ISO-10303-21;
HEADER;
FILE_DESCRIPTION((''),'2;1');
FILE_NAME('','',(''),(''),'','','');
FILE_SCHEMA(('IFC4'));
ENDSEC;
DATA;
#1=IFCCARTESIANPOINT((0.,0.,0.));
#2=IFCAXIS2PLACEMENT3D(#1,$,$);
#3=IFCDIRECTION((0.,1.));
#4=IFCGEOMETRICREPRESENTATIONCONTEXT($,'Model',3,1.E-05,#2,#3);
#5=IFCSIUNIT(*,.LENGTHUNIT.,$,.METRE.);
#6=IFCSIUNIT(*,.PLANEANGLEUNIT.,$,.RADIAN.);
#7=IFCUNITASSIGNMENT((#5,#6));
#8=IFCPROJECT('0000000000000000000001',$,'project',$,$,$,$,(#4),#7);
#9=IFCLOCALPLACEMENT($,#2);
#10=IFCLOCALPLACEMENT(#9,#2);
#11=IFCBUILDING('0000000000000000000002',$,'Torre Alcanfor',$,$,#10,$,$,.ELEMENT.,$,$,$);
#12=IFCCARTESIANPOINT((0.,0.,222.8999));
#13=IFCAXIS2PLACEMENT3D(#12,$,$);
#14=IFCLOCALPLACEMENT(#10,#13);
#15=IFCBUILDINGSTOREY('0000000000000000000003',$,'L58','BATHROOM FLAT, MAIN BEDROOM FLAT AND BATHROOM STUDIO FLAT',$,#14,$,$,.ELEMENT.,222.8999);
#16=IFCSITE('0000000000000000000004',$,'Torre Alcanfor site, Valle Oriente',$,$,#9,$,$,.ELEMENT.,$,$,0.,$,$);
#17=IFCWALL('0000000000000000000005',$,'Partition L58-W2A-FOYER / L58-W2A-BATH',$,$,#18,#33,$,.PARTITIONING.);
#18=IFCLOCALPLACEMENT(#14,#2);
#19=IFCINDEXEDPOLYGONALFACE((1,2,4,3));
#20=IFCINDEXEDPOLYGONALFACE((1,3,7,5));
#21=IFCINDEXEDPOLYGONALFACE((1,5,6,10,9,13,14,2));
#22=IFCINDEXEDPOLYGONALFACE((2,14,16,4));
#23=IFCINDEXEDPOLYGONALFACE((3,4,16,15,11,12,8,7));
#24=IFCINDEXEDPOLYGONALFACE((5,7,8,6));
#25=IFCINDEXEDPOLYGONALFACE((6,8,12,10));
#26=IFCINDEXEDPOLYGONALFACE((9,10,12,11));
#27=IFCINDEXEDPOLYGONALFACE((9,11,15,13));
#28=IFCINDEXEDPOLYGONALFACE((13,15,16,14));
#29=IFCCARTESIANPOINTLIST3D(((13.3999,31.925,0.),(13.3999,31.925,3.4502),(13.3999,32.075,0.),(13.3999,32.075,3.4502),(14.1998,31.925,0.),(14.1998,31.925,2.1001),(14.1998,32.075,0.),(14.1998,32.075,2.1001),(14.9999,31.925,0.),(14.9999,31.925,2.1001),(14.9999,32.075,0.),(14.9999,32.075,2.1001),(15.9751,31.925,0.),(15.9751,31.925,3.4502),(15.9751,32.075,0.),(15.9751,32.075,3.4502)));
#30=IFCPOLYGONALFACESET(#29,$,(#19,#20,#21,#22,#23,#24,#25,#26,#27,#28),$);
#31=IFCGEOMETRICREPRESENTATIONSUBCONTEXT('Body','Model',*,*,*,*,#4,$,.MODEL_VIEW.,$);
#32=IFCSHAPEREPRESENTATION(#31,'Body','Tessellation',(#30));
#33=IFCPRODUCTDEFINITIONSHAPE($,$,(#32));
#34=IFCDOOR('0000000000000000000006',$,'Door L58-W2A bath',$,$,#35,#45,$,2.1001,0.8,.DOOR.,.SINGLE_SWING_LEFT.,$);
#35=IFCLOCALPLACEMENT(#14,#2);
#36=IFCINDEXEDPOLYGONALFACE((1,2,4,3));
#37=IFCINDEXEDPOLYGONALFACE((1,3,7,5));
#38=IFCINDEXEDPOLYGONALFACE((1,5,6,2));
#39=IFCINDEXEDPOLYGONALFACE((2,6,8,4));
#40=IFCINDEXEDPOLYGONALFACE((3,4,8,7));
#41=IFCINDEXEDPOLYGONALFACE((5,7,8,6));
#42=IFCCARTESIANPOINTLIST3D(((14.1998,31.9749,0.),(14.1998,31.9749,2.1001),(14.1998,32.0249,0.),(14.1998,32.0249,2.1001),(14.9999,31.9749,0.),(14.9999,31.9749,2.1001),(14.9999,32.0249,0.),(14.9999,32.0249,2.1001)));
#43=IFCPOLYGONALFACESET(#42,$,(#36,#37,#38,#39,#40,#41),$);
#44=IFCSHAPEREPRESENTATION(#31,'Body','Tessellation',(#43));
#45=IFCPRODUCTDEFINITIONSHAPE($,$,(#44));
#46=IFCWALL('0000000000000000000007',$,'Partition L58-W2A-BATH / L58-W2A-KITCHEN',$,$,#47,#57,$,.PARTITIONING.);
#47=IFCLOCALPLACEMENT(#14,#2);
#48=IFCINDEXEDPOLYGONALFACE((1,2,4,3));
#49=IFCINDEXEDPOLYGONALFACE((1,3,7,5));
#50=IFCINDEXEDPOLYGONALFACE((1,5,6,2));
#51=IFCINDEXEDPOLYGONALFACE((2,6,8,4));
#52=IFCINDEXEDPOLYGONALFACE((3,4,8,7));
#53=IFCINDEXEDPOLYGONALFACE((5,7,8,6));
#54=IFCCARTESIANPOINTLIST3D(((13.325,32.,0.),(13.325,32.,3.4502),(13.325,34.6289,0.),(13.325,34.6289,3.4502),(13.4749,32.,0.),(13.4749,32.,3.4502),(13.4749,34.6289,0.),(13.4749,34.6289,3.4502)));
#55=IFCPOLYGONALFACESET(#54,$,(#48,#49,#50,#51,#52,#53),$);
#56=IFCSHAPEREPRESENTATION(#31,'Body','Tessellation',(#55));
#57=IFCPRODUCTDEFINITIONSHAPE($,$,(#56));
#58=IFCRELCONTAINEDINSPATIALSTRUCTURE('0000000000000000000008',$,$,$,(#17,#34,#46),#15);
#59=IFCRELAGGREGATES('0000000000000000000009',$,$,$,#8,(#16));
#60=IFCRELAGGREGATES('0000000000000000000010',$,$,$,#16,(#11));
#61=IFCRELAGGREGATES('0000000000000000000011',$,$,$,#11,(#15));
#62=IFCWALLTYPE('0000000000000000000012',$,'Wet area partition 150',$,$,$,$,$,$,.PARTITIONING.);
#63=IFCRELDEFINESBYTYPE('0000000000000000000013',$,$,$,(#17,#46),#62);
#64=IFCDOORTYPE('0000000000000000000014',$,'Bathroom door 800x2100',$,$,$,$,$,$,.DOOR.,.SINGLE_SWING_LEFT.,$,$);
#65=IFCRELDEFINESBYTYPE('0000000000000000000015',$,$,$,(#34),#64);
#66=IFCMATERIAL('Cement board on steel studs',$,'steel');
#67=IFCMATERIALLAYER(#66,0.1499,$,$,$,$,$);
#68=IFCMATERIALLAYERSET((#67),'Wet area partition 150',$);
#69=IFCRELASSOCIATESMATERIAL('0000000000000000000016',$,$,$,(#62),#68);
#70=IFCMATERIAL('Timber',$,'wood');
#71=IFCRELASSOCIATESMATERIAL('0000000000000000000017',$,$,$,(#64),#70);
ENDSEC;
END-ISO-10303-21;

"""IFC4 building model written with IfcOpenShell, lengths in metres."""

from ifc_helpers import new_model, si_unit, direction, frame, frame_2d, origin, place, context, subcontext, project, spatial, rectangle, extrude, material, layer, layer_set, type_object, element, fill, save


model = new_model("IFC4")

# Units and contexts
model_context = context("Model", 3, precision=1e-05, world=origin(), true_north=direction((0.0, 1.0)))
body_context = subcontext(model_context, "Body", "Model", "MODEL_VIEW")
ifc_project = project(units=[si_unit("LENGTHUNIT", "METRE"), si_unit("PLANEANGLEUNIT", "RADIAN")], contexts=[model_context])

# Site, building, storey
site_placement = place(None, origin())
site = spatial("IfcSite", under=ifc_project, at=site_placement, Name="Torre Alcanfor site, Valle Oriente", CompositionType="ELEMENT", RefElevation=0.0)
building_placement = place(site_placement, origin())
building = spatial("IfcBuilding", under=site, at=building_placement, Name="Torre Alcanfor", CompositionType="ELEMENT")
storey_placement = place(building_placement, frame((0.0, 0.0, 222.8999)))
storey = spatial("IfcBuildingStorey", under=building, at=storey_placement, Name="L58", Description="BATHROOM FLAT, MAIN BEDROOM FLAT AND BATHROOM STUDIO FLAT", CompositionType="ELEMENT", Elevation=222.8999)

# Wall, opening, door
ifc_material_1 = material(Name="Cement board on steel studs", Category="steel")
ifc_layer_1 = layer(ifc_material_1, 0.1499)
ifc_layer_set_1 = layer_set([ifc_layer_1], Name="Wet area partition 150")
wall_type_1 = type_object("IfcWallType", Name="Wet area partition 150", PredefinedType="PARTITIONING", material=ifc_layer_set_1)
wall_1_placement = place(storey_placement, frame((13.3999, 32.0, 0.0), z_axis=(0.0, 0.0, 1.0), x_axis=(1.0, 0.0, 0.0)))
wall_1 = element("IfcWall", 1, at=wall_1_placement, inside=storey, type_object=wall_type_1, Name="Partition L58-W2A-FOYER / L58-W2A-BATH", PredefinedType="PARTITIONING", context=body_context, shape_type="SweptSolid", body=[
    extrude(rectangle(XDim=2.5752, YDim=0.1499, at=frame_2d((1.2876, 0.0))), origin(), (0.0, 0.0, 1.0), 3.4502),
])
opening_1_placement = place(wall_1_placement, frame((0.8, 0.0, 0.0)))
opening_1 = element("IfcOpeningElement", 2, at=opening_1_placement, cuts=wall_1, PredefinedType="OPENING", context=body_context, shape_type="SweptSolid", body=[
    extrude(rectangle(XDim=0.8, YDim=2.1001, at=frame_2d((0.3999, 1.05))), frame((0.0, 0.085, 0.0), z_axis=(0.0, -1.0, 0.0), x_axis=(1.0, 0.0, 0.0)), (0.0, 0.0, 1.0), 0.1699),
])
ifc_material_2 = material(Name="Timber", Category="wood")
door_type_1 = type_object("IfcDoorType", Name="Bathroom door 800x2100", OperationType="SINGLE_SWING_LEFT", PredefinedType="DOOR", material=ifc_material_2)
door_1_placement = place(opening_1_placement, origin())
door_1 = element("IfcDoor", 3, at=door_1_placement, inside=storey, type_object=door_type_1, Name="Door L58-W2A bath", OperationType="SINGLE_SWING_LEFT", OverallHeight=2.1001, OverallWidth=0.8, PredefinedType="DOOR", context=body_context, shape_type="SweptSolid", body=[
    extrude(rectangle(XDim=0.8, YDim=2.1001, at=frame_2d((0.3999, 1.05))), frame((0.0, 0.0249, 0.0), z_axis=(0.0, -1.0, 0.0), x_axis=(1.0, 0.0, 0.0)), (0.0, 0.0, 1.0), 0.05),
])
fill(opening_1, door_1)

# Wall
wall_2_placement = place(storey_placement, frame((13.3999, 32.0, 0.0), z_axis=(0.0, 0.0, 1.0), x_axis=(0.0, 1.0, 0.0)))
element("IfcWall", 4, at=wall_2_placement, inside=storey, type_object=wall_type_1, Name="Partition L58-W2A-BATH / L58-W2A-KITCHEN", PredefinedType="PARTITIONING", context=body_context, shape_type="SweptSolid", body=[
    extrude(rectangle(XDim=2.6289, YDim=0.1499, at=frame_2d((1.3145, 0.0))), origin(), (0.0, 0.0, 1.0), 3.4502),
])

save(model, "model.ifc")
